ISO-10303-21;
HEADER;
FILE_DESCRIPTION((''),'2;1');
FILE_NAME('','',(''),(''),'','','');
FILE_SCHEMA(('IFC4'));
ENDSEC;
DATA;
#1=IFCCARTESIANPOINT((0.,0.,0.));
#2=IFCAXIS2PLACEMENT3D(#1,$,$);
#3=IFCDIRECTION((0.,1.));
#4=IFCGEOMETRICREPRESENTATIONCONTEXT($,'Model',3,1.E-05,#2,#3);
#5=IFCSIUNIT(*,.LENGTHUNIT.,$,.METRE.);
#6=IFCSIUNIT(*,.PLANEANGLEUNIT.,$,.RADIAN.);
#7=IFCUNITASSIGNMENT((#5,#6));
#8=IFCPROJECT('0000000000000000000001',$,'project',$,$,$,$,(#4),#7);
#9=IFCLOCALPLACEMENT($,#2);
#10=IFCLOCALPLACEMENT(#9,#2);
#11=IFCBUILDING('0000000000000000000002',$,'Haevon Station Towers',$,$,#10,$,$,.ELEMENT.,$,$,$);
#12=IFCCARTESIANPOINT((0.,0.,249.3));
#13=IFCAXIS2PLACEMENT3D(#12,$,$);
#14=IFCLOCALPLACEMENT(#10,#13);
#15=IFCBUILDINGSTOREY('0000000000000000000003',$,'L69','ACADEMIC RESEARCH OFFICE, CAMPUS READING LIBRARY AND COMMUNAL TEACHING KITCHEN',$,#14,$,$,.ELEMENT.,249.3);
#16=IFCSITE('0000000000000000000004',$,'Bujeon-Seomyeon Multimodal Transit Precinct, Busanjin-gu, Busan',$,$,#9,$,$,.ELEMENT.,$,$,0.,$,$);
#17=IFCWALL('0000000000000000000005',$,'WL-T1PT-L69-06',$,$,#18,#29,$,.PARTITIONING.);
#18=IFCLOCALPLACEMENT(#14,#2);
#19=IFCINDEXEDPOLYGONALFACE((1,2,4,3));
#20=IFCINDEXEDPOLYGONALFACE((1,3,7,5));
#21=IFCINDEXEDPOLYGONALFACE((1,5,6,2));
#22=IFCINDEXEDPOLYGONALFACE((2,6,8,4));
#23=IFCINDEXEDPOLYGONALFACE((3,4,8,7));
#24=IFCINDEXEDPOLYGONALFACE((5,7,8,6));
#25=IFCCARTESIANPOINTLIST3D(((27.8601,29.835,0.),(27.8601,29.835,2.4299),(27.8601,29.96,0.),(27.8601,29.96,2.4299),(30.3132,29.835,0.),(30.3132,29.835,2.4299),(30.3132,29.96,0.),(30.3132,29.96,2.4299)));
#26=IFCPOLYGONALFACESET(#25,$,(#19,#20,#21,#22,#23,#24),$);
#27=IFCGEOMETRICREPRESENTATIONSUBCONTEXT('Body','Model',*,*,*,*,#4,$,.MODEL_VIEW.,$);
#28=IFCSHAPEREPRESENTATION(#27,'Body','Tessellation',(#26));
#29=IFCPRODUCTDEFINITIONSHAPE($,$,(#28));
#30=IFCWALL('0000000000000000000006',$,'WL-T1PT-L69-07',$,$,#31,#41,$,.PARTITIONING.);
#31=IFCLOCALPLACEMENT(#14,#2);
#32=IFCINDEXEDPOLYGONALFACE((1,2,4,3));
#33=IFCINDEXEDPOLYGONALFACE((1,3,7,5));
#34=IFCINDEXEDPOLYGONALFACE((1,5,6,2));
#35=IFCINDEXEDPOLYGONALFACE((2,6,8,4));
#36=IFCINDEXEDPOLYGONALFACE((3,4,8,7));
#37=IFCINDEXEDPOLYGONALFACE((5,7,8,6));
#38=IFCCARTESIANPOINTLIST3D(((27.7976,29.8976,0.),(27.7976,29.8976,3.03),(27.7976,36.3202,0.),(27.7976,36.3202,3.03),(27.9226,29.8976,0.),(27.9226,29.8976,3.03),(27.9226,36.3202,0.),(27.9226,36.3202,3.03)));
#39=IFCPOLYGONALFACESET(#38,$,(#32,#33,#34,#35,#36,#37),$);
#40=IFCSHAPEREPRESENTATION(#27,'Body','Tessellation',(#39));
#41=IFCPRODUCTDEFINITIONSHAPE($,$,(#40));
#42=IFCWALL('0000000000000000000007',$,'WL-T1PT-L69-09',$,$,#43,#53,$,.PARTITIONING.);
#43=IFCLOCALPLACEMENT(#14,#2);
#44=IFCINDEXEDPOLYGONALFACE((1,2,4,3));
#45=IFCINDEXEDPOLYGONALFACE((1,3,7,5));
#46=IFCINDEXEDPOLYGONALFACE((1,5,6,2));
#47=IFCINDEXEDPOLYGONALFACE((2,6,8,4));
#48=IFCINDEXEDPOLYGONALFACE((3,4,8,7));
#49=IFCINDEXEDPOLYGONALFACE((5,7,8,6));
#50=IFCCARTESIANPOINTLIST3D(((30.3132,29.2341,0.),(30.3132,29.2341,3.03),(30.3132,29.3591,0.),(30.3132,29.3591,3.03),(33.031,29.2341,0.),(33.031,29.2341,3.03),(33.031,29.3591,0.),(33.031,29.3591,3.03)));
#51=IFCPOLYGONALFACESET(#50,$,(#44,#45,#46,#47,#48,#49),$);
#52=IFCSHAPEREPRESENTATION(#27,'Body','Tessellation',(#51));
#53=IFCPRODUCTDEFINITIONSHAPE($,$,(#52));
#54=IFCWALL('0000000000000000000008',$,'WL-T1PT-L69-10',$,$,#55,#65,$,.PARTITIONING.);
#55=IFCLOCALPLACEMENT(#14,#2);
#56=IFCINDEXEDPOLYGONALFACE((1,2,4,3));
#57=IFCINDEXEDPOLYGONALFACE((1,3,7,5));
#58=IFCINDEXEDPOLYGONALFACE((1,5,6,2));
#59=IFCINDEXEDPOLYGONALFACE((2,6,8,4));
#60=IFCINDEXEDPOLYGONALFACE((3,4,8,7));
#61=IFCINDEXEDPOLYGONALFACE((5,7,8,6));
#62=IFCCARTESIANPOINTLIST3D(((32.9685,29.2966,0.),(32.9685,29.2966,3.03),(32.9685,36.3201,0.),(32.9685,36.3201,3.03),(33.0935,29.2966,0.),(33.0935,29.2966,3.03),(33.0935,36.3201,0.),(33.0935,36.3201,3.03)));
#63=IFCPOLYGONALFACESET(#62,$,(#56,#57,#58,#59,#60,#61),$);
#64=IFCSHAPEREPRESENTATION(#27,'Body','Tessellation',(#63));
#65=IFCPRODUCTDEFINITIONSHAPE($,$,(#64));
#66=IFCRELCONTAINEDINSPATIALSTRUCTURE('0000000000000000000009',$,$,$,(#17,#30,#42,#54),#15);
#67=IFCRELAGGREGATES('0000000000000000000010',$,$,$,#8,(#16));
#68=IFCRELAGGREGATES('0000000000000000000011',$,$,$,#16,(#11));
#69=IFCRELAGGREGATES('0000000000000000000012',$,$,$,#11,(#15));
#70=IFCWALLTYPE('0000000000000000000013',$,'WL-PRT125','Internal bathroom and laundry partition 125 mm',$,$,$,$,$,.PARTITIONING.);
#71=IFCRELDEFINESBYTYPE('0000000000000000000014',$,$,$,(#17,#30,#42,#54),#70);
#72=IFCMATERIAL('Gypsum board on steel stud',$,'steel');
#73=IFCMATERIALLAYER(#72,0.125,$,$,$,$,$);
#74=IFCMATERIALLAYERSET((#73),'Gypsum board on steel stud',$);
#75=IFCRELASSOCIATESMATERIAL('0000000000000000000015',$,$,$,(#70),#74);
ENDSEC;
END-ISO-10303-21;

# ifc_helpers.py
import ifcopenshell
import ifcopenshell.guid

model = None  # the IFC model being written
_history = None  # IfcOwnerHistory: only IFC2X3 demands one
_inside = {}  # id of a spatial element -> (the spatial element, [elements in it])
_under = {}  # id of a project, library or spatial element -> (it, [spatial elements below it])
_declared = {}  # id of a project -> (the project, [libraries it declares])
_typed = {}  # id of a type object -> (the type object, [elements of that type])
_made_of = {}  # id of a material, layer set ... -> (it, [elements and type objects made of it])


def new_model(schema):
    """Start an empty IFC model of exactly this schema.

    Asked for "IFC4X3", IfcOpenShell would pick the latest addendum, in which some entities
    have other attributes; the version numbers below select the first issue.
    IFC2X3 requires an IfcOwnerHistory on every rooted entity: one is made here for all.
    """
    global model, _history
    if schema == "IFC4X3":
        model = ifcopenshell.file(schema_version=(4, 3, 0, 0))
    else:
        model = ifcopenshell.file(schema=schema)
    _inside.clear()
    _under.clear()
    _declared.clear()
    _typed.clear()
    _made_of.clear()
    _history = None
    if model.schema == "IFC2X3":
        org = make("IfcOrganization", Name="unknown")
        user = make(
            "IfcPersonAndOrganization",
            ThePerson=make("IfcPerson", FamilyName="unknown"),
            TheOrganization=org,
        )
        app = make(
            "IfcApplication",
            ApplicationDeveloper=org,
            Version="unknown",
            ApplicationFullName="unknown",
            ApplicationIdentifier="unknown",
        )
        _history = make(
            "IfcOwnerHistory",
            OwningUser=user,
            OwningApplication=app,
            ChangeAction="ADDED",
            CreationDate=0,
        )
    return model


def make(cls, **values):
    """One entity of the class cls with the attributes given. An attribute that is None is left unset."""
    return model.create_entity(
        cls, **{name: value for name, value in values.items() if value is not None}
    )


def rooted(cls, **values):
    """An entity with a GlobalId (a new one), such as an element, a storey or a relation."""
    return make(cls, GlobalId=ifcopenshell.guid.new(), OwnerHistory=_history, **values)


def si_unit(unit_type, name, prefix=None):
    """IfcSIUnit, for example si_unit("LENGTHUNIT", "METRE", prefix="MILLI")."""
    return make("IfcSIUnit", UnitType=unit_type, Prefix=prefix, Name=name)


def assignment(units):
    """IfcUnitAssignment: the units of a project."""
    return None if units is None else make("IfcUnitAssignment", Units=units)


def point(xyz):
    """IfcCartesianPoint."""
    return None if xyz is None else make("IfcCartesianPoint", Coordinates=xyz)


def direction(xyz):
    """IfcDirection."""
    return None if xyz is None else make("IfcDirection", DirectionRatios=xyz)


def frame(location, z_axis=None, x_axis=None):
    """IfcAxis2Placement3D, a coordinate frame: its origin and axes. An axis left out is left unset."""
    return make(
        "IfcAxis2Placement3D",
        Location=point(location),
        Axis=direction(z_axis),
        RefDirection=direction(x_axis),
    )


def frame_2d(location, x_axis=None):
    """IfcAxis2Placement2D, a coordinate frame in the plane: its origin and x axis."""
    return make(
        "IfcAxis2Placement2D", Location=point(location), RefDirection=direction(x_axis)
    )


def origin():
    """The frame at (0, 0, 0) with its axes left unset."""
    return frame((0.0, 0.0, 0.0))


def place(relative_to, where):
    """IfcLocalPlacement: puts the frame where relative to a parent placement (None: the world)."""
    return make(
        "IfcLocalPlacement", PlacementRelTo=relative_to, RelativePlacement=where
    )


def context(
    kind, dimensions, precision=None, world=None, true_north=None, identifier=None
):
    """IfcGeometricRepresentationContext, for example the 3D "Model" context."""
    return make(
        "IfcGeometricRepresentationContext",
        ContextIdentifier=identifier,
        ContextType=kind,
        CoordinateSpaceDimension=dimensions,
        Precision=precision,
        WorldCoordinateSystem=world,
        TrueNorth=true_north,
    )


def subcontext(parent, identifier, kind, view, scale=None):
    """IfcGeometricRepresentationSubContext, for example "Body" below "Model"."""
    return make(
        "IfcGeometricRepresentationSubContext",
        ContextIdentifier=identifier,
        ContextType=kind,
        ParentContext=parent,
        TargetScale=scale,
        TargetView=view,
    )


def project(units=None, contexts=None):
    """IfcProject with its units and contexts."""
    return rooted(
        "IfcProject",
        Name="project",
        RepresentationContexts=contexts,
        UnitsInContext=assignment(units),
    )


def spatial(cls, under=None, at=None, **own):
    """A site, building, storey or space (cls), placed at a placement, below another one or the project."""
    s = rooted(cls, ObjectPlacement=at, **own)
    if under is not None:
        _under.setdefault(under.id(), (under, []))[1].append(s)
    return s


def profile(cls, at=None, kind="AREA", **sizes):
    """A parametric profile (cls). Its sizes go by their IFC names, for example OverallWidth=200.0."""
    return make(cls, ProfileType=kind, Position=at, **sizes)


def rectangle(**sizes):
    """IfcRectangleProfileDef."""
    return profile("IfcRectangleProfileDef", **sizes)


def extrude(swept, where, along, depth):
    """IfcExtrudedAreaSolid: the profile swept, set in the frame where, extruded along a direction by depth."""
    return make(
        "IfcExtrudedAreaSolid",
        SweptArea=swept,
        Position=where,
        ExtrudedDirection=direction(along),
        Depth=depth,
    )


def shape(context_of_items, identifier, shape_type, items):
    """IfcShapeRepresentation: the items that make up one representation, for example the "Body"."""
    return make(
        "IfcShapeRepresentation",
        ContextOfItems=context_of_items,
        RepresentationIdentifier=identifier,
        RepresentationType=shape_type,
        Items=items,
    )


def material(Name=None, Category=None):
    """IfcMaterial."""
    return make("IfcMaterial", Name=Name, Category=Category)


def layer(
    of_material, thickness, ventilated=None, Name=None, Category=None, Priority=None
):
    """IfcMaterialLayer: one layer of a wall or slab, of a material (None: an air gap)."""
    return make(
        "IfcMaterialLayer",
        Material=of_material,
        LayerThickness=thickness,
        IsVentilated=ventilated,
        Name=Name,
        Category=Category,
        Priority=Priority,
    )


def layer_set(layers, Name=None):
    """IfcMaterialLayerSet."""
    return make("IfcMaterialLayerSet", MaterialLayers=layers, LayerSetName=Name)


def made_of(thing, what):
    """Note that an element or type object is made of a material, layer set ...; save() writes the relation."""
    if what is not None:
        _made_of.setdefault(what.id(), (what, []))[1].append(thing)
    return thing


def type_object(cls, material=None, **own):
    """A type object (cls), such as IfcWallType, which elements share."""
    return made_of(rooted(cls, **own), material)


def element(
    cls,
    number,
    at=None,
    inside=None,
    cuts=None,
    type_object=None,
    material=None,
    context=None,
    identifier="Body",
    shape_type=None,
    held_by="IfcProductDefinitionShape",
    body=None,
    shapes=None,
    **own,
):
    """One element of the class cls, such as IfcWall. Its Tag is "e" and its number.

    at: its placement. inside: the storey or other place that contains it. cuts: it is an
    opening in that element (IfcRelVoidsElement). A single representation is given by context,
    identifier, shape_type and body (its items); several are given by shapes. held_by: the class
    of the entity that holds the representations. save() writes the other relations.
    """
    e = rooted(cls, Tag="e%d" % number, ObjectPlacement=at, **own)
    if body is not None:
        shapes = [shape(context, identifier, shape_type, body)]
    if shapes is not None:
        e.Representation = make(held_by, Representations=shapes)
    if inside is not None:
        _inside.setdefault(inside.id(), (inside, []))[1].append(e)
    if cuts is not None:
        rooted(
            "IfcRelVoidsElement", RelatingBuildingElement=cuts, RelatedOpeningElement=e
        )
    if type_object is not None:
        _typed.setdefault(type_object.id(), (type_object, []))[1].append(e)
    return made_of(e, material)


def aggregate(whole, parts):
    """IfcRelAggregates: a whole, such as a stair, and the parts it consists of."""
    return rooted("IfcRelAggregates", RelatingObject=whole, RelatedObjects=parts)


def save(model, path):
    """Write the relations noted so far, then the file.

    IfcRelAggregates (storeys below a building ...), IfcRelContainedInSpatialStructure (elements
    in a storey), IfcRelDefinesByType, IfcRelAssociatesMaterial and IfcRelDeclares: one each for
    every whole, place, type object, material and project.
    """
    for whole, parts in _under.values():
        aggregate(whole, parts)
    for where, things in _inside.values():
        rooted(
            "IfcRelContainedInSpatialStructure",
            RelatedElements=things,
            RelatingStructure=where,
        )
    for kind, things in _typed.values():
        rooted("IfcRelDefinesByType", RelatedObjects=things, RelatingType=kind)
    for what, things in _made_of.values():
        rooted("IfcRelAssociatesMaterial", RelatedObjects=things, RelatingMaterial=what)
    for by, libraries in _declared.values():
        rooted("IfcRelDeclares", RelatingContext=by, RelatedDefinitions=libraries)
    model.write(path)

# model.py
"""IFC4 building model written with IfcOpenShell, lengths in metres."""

from ifc_helpers import new_model, si_unit, direction, frame, frame_2d, origin, place, context, subcontext, project, spatial, rectangle, extrude, material, layer, layer_set, type_object, element, save


model = new_model("IFC4")

# Units and contexts
model_context = context("Model", 3, precision=1e-05, world=origin(), true_north=direction((0.0, 1.0)))
body_context = subcontext(model_context, "Body", "Model", "MODEL_VIEW")
ifc_project = project(units=[si_unit("LENGTHUNIT", "METRE"), si_unit("PLANEANGLEUNIT", "RADIAN")], contexts=[model_context])

# Site, building, storey
site_placement = place(None, origin())
site = spatial("IfcSite", under=ifc_project, at=site_placement, Name="Bujeon-Seomyeon Multimodal Transit Precinct, Busanjin-gu, Busan", CompositionType="ELEMENT", RefElevation=0.0)
building_placement = place(site_placement, origin())
building = spatial("IfcBuilding", under=site, at=building_placement, Name="Haevon Station Towers", CompositionType="ELEMENT")
storey_placement = place(building_placement, frame((0.0, 0.0, 249.3)))
storey = spatial("IfcBuildingStorey", under=building, at=storey_placement, Name="L69", Description="ACADEMIC RESEARCH OFFICE, CAMPUS READING LIBRARY AND COMMUNAL TEACHING KITCHEN", CompositionType="ELEMENT", Elevation=249.3)

# Walls
ifc_material_1 = material(Name="Gypsum board on steel stud", Category="steel")
ifc_layer_1 = layer(ifc_material_1, 0.125)
ifc_layer_set_1 = layer_set([ifc_layer_1], Name="Gypsum board on steel stud")
wall_type_1 = type_object("IfcWallType", Name="WL-PRT125", Description="Internal bathroom and laundry partition 125 mm", PredefinedType="PARTITIONING", material=ifc_layer_set_1)
wall_1_placement = place(storey_placement, frame((27.8601, 29.8975, 0.0), z_axis=(0.0, 0.0, 1.0), x_axis=(1.0, 0.0, 0.0)))
element("IfcWall", 1, at=wall_1_placement, inside=storey, type_object=wall_type_1, Name="WL-T1PT-L69-06", PredefinedType="PARTITIONING", context=body_context, shape_type="SweptSolid", body=[
    extrude(rectangle(XDim=2.4531, YDim=0.125, at=frame_2d((1.2266, 0.0))), origin(), (0.0, 0.0, 1.0), 2.4299),
])
wall_2_placement = place(storey_placement, frame((27.8601, 29.8975, 0.0), z_axis=(0.0, 0.0, 1.0), x_axis=(0.0, 1.0, 0.0)))
element("IfcWall", 2, at=wall_2_placement, inside=storey, type_object=wall_type_1, Name="WL-T1PT-L69-07", PredefinedType="PARTITIONING", context=body_context, shape_type="SweptSolid", body=[
    extrude(rectangle(XDim=6.4226, YDim=0.125, at=frame_2d((3.2114, 0.0))), origin(), (0.0, 0.0, 1.0), 3.03),
])
wall_3_placement = place(storey_placement, frame((30.3132, 29.2966, 0.0), z_axis=(0.0, 0.0, 1.0), x_axis=(1.0, 0.0, 0.0)))
element("IfcWall", 3, at=wall_3_placement, inside=storey, type_object=wall_type_1, Name="WL-T1PT-L69-09", PredefinedType="PARTITIONING", context=body_context, shape_type="SweptSolid", body=[
    extrude(rectangle(XDim=2.7178, YDim=0.125, at=frame_2d((1.3589, 0.0))), origin(), (0.0, 0.0, 1.0), 3.03),
])
wall_4_placement = place(storey_placement, frame((33.031, 29.2966, 0.0), z_axis=(0.0, 0.0, 1.0), x_axis=(0.0, 1.0, 0.0)))
element("IfcWall", 4, at=wall_4_placement, inside=storey, type_object=wall_type_1, Name="WL-T1PT-L69-10", PredefinedType="PARTITIONING", context=body_context, shape_type="SweptSolid", body=[
    extrude(rectangle(XDim=7.0234, YDim=0.125, at=frame_2d((3.5117, 0.0))), origin(), (0.0, 0.0, 1.0), 3.03),
])

save(model, "model.ifc")
